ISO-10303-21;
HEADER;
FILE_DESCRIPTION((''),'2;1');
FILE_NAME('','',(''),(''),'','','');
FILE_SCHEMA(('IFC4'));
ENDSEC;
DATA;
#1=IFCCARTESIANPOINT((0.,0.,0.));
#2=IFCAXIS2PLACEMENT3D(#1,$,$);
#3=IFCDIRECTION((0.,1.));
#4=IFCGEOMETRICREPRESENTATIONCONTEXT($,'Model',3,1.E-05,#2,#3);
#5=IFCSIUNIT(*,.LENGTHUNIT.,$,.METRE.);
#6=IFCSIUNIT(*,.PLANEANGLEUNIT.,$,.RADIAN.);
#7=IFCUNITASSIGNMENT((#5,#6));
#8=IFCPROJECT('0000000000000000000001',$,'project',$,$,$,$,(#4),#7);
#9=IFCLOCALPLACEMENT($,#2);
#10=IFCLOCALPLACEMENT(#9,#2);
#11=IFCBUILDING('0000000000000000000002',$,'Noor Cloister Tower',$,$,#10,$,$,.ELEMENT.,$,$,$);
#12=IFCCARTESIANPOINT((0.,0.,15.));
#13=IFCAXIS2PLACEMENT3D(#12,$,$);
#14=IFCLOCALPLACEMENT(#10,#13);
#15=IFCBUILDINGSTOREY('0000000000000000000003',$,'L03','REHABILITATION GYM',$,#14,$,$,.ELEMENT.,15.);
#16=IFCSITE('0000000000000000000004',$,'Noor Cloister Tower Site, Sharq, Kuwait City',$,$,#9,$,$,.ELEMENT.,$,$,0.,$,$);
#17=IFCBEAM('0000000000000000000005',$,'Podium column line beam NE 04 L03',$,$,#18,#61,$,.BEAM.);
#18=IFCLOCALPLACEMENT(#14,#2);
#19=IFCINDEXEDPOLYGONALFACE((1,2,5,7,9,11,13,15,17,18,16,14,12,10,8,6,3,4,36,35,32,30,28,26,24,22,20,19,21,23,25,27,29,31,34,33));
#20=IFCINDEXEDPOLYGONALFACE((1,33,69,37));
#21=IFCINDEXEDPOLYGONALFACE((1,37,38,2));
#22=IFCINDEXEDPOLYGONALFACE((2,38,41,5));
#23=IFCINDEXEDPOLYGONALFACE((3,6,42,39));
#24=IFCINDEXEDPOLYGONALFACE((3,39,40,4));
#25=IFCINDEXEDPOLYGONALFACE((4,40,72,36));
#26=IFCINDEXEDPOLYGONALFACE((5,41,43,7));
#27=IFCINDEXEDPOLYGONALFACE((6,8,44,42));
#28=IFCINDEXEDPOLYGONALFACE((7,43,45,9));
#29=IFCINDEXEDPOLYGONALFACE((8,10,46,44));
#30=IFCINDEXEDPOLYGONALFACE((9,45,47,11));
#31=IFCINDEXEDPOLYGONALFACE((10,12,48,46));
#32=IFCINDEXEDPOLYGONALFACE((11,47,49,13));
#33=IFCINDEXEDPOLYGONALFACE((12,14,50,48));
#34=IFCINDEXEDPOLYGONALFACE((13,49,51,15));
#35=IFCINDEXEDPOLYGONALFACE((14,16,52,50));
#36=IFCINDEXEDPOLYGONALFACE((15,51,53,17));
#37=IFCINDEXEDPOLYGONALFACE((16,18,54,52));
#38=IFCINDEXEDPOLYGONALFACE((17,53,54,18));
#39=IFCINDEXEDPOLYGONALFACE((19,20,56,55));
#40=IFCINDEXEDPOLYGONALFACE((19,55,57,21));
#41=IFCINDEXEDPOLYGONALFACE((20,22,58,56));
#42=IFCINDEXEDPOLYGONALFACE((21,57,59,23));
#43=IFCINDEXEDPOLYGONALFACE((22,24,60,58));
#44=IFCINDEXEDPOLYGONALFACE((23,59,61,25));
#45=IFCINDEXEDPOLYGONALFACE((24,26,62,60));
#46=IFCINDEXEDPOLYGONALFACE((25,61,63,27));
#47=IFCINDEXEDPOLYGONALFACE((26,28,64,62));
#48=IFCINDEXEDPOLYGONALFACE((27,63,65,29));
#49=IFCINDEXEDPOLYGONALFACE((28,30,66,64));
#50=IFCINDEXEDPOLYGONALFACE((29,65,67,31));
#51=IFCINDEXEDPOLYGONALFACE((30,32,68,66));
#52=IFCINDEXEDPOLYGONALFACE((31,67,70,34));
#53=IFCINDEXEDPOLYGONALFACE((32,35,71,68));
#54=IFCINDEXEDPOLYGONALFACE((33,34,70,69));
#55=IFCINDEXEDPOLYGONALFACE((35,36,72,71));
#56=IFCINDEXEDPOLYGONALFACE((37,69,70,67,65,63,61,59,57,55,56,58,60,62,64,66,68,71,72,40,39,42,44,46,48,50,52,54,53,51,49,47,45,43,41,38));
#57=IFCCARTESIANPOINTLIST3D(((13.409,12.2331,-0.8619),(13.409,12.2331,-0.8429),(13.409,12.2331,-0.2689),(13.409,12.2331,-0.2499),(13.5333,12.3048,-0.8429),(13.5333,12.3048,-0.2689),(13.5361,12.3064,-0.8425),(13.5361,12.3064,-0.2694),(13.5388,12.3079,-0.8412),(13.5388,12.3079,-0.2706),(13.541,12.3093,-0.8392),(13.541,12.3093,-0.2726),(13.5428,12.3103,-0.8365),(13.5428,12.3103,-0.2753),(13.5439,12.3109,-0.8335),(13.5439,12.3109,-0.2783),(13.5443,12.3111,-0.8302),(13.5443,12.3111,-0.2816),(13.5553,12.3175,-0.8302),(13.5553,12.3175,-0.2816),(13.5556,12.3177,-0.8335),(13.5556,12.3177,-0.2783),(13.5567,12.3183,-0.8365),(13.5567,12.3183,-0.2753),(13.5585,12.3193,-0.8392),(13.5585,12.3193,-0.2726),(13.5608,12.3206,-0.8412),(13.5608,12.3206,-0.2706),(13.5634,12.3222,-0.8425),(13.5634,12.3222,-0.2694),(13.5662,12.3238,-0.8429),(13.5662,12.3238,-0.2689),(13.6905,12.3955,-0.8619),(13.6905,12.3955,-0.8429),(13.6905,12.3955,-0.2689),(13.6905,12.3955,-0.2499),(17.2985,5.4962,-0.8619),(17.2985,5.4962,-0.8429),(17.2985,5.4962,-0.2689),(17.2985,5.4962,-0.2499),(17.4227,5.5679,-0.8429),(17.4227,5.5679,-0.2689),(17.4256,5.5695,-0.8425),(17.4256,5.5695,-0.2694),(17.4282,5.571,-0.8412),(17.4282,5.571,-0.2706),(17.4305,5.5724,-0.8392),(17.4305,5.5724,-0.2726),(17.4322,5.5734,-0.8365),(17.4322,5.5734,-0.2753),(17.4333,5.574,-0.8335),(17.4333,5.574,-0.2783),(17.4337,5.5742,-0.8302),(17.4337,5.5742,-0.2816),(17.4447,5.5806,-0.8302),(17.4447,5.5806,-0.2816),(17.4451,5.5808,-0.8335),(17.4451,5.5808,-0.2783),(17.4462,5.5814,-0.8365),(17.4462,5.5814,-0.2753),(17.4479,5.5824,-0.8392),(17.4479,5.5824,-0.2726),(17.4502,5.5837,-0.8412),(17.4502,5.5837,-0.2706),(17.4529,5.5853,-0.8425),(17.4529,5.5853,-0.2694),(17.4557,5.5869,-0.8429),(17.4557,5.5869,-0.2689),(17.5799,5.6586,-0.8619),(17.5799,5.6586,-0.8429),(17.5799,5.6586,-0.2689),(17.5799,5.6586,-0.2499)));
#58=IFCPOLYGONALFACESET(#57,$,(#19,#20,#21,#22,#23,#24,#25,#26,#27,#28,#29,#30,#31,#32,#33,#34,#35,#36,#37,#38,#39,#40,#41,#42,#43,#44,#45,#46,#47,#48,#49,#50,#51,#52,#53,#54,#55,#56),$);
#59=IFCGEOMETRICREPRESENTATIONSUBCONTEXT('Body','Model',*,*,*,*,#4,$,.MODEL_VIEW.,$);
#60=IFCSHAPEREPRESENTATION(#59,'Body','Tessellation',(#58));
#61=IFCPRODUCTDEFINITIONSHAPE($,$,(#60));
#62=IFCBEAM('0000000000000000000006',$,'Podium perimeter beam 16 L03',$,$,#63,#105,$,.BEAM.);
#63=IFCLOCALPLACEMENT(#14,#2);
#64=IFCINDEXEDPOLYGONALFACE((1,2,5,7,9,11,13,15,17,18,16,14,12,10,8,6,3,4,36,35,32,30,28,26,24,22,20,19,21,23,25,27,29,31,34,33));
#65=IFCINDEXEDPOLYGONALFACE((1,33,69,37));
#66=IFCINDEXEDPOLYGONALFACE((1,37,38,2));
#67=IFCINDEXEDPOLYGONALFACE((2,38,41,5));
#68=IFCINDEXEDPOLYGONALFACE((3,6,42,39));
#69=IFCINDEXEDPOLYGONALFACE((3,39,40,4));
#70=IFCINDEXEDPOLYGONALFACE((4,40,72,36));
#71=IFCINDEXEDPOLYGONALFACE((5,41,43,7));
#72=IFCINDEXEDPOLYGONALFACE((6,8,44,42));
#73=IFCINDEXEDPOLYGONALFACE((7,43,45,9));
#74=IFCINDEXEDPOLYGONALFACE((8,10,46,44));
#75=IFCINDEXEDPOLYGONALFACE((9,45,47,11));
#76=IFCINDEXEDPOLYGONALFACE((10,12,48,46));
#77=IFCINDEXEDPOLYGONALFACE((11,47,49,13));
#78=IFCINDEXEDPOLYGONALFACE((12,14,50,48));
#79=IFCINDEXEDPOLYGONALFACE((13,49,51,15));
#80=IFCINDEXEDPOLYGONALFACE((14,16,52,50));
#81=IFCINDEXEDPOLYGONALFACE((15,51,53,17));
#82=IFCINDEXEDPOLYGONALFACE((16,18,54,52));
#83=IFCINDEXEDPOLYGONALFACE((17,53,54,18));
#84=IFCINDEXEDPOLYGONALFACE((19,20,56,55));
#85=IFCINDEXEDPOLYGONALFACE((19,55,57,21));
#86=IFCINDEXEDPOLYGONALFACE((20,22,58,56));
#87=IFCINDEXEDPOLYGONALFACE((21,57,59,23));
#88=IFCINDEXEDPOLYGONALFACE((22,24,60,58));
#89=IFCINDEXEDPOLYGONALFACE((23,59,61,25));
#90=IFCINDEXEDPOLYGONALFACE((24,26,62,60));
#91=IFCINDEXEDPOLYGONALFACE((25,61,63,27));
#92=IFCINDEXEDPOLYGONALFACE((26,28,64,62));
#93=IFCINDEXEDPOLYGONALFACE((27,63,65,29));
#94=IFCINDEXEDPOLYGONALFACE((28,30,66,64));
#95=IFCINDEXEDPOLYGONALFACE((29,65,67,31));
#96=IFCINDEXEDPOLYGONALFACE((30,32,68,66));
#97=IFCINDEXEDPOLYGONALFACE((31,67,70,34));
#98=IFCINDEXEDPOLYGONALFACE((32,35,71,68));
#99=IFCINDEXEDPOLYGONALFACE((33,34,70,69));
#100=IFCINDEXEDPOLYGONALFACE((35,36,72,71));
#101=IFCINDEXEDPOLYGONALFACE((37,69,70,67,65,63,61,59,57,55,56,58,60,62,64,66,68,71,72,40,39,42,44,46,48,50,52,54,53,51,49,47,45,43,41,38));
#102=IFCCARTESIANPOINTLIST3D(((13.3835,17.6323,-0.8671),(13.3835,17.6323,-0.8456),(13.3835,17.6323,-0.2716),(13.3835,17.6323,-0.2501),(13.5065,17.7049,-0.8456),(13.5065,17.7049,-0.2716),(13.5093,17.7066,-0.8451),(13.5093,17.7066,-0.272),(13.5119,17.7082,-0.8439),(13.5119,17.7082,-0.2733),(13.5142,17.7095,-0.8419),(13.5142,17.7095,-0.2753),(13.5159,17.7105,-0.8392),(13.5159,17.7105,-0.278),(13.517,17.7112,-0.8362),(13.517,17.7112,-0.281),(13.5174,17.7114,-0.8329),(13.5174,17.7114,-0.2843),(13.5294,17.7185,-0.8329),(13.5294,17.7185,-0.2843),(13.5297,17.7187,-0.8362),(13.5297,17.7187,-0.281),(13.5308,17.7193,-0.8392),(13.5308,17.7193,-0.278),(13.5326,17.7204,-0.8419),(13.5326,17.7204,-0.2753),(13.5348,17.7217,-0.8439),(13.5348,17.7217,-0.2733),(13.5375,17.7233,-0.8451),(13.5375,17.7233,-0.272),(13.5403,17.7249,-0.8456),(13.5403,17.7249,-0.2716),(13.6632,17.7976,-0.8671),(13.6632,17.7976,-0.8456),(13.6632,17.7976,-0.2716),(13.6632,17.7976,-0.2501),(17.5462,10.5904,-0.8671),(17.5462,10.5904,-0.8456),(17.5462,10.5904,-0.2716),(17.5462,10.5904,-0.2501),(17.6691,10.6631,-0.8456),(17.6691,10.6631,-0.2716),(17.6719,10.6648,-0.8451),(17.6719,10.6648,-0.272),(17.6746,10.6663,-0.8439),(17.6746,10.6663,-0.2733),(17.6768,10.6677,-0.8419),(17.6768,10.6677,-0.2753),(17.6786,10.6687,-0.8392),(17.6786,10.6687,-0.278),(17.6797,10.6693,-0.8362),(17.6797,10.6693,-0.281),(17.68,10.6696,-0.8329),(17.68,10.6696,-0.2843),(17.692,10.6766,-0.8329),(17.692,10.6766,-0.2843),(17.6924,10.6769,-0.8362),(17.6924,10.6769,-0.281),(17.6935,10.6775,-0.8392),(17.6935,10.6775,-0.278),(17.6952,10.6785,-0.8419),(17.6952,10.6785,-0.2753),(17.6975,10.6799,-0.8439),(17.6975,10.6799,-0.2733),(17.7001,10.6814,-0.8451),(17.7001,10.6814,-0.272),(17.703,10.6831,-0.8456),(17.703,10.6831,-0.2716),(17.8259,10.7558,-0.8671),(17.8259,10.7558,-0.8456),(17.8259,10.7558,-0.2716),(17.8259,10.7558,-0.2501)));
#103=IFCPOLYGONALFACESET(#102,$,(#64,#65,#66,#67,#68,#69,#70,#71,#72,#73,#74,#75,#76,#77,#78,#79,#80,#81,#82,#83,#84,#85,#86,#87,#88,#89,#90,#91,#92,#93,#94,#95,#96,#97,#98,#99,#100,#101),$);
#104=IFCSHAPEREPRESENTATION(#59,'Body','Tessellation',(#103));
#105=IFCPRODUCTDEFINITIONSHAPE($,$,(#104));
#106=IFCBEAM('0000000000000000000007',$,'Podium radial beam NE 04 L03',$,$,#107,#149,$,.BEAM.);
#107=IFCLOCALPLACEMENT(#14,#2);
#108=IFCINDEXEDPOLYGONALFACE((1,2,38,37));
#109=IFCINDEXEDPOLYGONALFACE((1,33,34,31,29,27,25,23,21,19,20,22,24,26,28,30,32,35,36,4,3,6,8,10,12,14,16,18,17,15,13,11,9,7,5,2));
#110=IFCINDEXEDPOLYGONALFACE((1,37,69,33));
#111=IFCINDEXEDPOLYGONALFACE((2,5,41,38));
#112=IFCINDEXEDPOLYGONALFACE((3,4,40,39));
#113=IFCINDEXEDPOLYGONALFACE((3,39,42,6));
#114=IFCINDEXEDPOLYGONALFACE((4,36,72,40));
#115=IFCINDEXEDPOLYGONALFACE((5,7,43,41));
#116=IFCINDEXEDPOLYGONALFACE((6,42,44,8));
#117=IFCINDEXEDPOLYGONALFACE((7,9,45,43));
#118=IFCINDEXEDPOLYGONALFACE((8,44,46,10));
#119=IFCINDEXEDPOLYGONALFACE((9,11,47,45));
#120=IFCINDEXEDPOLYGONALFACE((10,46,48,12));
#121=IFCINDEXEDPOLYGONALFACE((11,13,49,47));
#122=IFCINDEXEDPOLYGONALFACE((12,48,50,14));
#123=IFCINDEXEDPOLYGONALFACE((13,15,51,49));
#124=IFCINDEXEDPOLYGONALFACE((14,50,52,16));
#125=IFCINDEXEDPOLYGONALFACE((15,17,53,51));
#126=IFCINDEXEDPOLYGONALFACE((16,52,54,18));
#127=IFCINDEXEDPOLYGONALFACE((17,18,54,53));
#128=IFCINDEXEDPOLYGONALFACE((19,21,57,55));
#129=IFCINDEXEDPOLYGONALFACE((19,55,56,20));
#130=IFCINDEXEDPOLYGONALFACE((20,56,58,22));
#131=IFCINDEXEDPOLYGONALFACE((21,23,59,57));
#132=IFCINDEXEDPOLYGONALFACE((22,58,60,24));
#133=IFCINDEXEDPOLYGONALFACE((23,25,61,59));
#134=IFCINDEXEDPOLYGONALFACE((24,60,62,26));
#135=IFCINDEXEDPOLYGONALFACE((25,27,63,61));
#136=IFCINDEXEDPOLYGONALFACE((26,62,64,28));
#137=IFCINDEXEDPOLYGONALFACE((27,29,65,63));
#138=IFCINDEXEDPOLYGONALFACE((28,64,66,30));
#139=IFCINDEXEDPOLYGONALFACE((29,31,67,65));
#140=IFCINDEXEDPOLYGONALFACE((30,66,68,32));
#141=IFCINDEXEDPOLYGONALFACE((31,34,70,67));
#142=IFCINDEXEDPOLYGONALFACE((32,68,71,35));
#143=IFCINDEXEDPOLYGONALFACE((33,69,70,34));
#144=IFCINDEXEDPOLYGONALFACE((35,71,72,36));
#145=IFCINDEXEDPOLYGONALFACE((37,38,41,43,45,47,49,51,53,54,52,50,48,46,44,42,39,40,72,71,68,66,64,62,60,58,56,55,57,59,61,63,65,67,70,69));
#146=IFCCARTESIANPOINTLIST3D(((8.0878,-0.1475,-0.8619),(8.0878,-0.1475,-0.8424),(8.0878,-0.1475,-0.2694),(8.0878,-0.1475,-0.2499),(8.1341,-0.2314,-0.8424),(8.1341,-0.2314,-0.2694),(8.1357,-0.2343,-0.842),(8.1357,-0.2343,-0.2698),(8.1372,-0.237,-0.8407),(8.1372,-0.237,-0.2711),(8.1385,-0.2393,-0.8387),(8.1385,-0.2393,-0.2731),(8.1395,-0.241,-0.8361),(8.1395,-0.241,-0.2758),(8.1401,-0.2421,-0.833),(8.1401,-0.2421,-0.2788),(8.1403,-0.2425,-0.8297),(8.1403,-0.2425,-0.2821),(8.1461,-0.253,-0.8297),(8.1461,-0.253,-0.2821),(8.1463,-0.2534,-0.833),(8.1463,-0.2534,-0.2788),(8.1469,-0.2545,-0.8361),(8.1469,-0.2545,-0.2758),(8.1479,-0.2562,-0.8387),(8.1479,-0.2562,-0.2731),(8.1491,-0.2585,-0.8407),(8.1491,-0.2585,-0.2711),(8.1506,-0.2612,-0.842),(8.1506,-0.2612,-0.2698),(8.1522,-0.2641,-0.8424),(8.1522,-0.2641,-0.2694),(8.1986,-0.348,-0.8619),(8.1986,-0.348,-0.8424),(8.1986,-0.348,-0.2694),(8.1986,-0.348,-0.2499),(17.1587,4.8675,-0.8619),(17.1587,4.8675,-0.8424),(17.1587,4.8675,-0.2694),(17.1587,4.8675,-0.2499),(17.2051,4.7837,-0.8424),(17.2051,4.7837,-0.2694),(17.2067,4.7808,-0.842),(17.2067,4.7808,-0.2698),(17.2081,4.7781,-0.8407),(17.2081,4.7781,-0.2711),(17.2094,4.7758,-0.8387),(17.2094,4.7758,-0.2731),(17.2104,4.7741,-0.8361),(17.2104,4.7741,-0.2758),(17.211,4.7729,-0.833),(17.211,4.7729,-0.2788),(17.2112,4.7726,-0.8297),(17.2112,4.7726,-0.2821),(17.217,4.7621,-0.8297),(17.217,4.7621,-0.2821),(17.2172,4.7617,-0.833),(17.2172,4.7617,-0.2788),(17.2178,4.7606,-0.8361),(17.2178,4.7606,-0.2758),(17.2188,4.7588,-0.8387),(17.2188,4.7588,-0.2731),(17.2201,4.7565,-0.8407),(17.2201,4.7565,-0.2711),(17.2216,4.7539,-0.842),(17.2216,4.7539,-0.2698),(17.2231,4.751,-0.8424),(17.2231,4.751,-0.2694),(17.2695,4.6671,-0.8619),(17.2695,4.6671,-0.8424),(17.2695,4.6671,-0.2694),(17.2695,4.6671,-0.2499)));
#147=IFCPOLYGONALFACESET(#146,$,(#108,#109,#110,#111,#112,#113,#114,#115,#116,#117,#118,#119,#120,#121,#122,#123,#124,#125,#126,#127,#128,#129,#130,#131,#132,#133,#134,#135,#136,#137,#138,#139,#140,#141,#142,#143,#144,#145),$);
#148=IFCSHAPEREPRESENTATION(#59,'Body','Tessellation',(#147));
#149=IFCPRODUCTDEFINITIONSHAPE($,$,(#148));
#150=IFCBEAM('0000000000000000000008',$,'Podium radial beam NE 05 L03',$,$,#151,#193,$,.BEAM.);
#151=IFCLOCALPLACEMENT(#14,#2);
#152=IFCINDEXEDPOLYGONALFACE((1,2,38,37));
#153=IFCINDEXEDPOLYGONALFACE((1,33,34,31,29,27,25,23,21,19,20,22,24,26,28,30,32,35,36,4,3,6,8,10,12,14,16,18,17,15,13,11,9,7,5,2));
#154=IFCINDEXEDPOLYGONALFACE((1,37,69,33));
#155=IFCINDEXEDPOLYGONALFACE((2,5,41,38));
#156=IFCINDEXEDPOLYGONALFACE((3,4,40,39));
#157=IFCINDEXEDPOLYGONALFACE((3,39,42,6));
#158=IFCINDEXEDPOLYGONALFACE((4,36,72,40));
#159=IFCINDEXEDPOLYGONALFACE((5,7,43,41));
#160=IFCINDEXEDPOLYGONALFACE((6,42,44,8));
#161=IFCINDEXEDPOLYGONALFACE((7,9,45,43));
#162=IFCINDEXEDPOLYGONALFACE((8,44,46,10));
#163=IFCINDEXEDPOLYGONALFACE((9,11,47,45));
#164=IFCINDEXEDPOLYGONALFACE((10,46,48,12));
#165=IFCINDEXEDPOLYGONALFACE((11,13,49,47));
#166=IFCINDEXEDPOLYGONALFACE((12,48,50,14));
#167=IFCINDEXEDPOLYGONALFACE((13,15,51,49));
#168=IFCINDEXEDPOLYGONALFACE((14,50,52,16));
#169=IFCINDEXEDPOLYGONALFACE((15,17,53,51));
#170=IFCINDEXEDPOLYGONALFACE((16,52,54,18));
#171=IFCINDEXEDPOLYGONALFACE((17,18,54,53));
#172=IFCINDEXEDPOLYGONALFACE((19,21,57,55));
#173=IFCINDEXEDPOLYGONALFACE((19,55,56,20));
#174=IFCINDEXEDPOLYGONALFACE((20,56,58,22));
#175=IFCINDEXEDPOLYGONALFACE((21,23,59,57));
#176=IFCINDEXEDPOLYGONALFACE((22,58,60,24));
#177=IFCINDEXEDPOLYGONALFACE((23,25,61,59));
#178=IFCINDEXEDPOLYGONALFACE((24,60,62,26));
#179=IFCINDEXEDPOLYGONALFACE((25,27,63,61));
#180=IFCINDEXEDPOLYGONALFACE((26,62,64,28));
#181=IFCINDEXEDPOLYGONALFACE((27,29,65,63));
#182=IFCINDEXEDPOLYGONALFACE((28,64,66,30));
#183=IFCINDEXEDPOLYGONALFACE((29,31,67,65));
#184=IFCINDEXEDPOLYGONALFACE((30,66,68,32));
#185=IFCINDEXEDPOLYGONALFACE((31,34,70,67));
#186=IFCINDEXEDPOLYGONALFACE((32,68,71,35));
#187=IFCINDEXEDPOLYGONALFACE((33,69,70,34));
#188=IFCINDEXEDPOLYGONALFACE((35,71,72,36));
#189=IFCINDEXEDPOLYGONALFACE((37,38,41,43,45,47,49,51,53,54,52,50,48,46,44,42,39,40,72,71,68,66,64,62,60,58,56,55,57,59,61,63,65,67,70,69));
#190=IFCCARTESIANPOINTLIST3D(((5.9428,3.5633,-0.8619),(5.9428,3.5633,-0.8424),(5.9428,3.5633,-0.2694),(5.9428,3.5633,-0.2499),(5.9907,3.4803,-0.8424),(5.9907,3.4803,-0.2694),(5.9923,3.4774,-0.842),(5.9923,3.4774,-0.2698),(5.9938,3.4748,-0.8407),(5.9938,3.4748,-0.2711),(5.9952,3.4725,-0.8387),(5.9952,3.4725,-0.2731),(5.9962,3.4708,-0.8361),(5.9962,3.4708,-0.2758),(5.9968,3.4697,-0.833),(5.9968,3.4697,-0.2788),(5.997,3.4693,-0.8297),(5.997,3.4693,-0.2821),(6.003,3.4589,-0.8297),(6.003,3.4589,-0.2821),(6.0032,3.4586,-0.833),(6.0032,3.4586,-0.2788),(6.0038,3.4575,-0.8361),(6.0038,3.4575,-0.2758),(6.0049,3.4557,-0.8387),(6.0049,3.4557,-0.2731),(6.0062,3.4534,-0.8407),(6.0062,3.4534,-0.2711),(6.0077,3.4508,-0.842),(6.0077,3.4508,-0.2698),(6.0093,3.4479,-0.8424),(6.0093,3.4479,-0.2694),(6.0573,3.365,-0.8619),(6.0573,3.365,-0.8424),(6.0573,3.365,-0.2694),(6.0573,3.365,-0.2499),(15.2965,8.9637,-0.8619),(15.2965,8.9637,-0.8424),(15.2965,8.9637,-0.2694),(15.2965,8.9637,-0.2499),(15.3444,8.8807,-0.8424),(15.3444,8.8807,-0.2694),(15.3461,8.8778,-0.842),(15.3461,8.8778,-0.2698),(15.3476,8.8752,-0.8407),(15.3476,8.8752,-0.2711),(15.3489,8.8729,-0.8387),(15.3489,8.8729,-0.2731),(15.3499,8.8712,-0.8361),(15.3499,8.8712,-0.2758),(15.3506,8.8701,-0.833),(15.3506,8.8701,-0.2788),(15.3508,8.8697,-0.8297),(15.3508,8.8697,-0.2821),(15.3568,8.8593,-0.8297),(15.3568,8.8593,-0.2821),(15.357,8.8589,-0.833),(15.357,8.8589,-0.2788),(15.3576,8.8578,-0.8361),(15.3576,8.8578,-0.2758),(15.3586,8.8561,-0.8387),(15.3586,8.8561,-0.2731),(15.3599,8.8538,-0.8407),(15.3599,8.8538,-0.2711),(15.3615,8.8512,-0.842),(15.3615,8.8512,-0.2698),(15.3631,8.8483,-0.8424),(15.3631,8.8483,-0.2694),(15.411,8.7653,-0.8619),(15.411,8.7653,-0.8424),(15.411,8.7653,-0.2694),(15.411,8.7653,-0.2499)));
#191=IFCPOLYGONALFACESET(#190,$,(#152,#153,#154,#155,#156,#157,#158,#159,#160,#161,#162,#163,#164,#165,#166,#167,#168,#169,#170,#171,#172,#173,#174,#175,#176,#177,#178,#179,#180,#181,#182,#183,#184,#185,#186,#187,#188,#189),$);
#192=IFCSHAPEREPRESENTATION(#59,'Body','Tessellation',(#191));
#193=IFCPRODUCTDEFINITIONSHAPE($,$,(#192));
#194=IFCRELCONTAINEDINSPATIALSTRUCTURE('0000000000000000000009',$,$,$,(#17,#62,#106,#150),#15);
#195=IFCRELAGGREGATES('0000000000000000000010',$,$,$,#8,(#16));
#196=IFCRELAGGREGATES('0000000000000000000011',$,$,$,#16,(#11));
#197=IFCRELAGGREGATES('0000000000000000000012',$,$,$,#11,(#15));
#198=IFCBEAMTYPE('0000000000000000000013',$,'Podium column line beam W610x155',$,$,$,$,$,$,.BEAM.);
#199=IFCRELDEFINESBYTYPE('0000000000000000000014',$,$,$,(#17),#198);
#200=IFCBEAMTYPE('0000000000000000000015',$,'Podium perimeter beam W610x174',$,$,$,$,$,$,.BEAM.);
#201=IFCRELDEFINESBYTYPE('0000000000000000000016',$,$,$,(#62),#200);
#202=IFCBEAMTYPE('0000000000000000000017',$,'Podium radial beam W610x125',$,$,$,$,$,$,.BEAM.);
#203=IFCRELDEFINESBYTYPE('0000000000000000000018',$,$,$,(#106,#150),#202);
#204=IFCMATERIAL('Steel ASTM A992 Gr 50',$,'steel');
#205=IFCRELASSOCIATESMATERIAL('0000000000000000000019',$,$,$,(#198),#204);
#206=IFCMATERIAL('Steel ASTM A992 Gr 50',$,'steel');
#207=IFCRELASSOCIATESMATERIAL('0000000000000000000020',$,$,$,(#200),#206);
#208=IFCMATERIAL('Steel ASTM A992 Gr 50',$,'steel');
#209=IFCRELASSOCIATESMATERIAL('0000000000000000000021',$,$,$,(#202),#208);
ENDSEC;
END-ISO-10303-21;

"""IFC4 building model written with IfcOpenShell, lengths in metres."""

from ifc_helpers import new_model, si_unit, direction, frame, origin, origin_2d, place, context, subcontext, project, spatial, i_section, extrude, material, material_profile, profile_set, type_object, element, save


model = new_model("IFC4")

# Units and contexts
model_context = context("Model", 3, precision=1e-05, world=origin(), true_north=direction((0.0, 1.0)))
body_context = subcontext(model_context, "Body", "Model", "MODEL_VIEW")
ifc_project = project(units=[si_unit("LENGTHUNIT", "METRE"), si_unit("PLANEANGLEUNIT", "RADIAN")], contexts=[model_context])

# Site, building, storey
site_placement = place(None, origin())
site = spatial("IfcSite", under=ifc_project, at=site_placement, Name="Noor Cloister Tower Site, Sharq, Kuwait City", CompositionType="ELEMENT", RefElevation=0.0)
building_placement = place(site_placement, origin())
building = spatial("IfcBuilding", under=site, at=building_placement, Name="Noor Cloister Tower", CompositionType="ELEMENT")
storey_placement = place(building_placement, frame((0.0, 0.0, 15.0)))
storey = spatial("IfcBuildingStorey", under=building, at=storey_placement, Name="L03", Description="REHABILITATION GYM", CompositionType="ELEMENT", Elevation=15.0)

# Beams
ifc_material_1 = material(Name="Steel ASTM A992 Gr 50", Category="steel")
ifc_material_profile_1 = material_profile(ifc_material_1, i_section(OverallWidth=0.325, OverallDepth=0.6121, WebThickness=0.0127, FlangeThickness=0.019, FilletRadius=0.0127, at=origin_2d()), Name="W610x155")
ifc_profile_set_1 = profile_set([ifc_material_profile_1], Name="Steel ASTM A992 Gr 50")
beam_type_1 = type_object("IfcBeamType", Name="Podium column line beam W610x155", PredefinedType="BEAM", material=ifc_profile_set_1)
beam_1_placement = place(storey_placement, frame((17.4392, 5.5774, -0.5559), z_axis=(-0.499991, 0.866031, 0.0), x_axis=(-0.866031, -0.499991, 0.0)))
element("IfcBeam", 1, at=beam_1_placement, inside=storey, type_object=beam_type_1, Name="Podium column line beam NE 04 L03", PredefinedType="BEAM", context=body_context, shape_type="SweptSolid", body=[
    extrude(i_section(OverallWidth=0.325, OverallDepth=0.6121, WebThickness=0.0127, FlangeThickness=0.019, FilletRadius=0.0127, at=origin_2d()), origin(), (0.0, 0.0, 1.0), 7.7791),
])
ifc_material_2 = material(Name="Steel ASTM A992 Gr 50", Category="steel")
ifc_material_profile_2 = material_profile(ifc_material_2, i_section(OverallWidth=0.325, OverallDepth=0.6169, WebThickness=0.0139, FlangeThickness=0.0215, FilletRadius=0.0127, at=origin_2d()), Name="W610x174")
ifc_profile_set_2 = profile_set([ifc_material_profile_2], Name="Steel ASTM A992 Gr 50")
beam_type_2 = type_object("IfcBeamType", Name="Podium perimeter beam W610x174", PredefinedType="BEAM", material=ifc_profile_set_2)
beam_2_placement = place(storey_placement, frame((17.686, 10.6731, -0.5586), z_axis=(-0.508871, 0.860843, 0.0), x_axis=(-0.860843, -0.508871, 0.0)))
element("IfcBeam", 2, at=beam_2_placement, inside=storey, type_object=beam_type_2, Name="Podium perimeter beam 16 L03", PredefinedType="BEAM", context=body_context, shape_type="SweptSolid", body=[
    extrude(i_section(OverallWidth=0.325, OverallDepth=0.6169, WebThickness=0.0139, FlangeThickness=0.0215, FilletRadius=0.0127, at=origin_2d()), origin(), (0.0, 0.0, 1.0), 8.1802),
])
ifc_material_3 = material(Name="Steel ASTM A992 Gr 50", Category="steel")
ifc_material_profile_3 = material_profile(ifc_material_3, i_section(OverallWidth=0.229, OverallDepth=0.6121, WebThickness=0.012, FlangeThickness=0.0195, FilletRadius=0.0127, at=origin_2d()), Name="W610x125")
ifc_profile_set_3 = profile_set([ifc_material_profile_3], Name="Steel ASTM A992 Gr 50")
beam_type_3 = type_object("IfcBeamType", Name="Podium radial beam W610x125", PredefinedType="BEAM", material=ifc_profile_set_3)
beam_3_placement = place(storey_placement, frame((17.2141, 4.7673, -0.5559), z_axis=(-0.875152, -0.483848, 0.0), x_axis=(0.483848, -0.875152, 0.0)))
element("IfcBeam", 3, at=beam_3_placement, inside=storey, type_object=beam_type_3, Name="Podium radial beam NE 04 L03", PredefinedType="BEAM", context=body_context, shape_type="SweptSolid", body=[
    extrude(i_section(OverallWidth=0.229, OverallDepth=0.6121, WebThickness=0.012, FlangeThickness=0.0195, FilletRadius=0.0127, at=origin_2d()), origin(), (0.0, 0.0, 1.0), 10.365),
])
beam_4_placement = place(storey_placement, frame((15.3538, 8.8645, -0.5559), z_axis=(-0.866026, -0.5, 0.0), x_axis=(0.5, -0.866026, 0.0)))
element("IfcBeam", 4, at=beam_4_placement, inside=storey, type_object=beam_type_3, Name="Podium radial beam NE 05 L03", PredefinedType="BEAM", context=body_context, shape_type="SweptSolid", body=[
    extrude(i_section(OverallWidth=0.229, OverallDepth=0.6121, WebThickness=0.012, FlangeThickness=0.0195, FilletRadius=0.0127, at=origin_2d()), origin(), (0.0, 0.0, 1.0), 10.8008),
])

save(model, "model.ifc")
